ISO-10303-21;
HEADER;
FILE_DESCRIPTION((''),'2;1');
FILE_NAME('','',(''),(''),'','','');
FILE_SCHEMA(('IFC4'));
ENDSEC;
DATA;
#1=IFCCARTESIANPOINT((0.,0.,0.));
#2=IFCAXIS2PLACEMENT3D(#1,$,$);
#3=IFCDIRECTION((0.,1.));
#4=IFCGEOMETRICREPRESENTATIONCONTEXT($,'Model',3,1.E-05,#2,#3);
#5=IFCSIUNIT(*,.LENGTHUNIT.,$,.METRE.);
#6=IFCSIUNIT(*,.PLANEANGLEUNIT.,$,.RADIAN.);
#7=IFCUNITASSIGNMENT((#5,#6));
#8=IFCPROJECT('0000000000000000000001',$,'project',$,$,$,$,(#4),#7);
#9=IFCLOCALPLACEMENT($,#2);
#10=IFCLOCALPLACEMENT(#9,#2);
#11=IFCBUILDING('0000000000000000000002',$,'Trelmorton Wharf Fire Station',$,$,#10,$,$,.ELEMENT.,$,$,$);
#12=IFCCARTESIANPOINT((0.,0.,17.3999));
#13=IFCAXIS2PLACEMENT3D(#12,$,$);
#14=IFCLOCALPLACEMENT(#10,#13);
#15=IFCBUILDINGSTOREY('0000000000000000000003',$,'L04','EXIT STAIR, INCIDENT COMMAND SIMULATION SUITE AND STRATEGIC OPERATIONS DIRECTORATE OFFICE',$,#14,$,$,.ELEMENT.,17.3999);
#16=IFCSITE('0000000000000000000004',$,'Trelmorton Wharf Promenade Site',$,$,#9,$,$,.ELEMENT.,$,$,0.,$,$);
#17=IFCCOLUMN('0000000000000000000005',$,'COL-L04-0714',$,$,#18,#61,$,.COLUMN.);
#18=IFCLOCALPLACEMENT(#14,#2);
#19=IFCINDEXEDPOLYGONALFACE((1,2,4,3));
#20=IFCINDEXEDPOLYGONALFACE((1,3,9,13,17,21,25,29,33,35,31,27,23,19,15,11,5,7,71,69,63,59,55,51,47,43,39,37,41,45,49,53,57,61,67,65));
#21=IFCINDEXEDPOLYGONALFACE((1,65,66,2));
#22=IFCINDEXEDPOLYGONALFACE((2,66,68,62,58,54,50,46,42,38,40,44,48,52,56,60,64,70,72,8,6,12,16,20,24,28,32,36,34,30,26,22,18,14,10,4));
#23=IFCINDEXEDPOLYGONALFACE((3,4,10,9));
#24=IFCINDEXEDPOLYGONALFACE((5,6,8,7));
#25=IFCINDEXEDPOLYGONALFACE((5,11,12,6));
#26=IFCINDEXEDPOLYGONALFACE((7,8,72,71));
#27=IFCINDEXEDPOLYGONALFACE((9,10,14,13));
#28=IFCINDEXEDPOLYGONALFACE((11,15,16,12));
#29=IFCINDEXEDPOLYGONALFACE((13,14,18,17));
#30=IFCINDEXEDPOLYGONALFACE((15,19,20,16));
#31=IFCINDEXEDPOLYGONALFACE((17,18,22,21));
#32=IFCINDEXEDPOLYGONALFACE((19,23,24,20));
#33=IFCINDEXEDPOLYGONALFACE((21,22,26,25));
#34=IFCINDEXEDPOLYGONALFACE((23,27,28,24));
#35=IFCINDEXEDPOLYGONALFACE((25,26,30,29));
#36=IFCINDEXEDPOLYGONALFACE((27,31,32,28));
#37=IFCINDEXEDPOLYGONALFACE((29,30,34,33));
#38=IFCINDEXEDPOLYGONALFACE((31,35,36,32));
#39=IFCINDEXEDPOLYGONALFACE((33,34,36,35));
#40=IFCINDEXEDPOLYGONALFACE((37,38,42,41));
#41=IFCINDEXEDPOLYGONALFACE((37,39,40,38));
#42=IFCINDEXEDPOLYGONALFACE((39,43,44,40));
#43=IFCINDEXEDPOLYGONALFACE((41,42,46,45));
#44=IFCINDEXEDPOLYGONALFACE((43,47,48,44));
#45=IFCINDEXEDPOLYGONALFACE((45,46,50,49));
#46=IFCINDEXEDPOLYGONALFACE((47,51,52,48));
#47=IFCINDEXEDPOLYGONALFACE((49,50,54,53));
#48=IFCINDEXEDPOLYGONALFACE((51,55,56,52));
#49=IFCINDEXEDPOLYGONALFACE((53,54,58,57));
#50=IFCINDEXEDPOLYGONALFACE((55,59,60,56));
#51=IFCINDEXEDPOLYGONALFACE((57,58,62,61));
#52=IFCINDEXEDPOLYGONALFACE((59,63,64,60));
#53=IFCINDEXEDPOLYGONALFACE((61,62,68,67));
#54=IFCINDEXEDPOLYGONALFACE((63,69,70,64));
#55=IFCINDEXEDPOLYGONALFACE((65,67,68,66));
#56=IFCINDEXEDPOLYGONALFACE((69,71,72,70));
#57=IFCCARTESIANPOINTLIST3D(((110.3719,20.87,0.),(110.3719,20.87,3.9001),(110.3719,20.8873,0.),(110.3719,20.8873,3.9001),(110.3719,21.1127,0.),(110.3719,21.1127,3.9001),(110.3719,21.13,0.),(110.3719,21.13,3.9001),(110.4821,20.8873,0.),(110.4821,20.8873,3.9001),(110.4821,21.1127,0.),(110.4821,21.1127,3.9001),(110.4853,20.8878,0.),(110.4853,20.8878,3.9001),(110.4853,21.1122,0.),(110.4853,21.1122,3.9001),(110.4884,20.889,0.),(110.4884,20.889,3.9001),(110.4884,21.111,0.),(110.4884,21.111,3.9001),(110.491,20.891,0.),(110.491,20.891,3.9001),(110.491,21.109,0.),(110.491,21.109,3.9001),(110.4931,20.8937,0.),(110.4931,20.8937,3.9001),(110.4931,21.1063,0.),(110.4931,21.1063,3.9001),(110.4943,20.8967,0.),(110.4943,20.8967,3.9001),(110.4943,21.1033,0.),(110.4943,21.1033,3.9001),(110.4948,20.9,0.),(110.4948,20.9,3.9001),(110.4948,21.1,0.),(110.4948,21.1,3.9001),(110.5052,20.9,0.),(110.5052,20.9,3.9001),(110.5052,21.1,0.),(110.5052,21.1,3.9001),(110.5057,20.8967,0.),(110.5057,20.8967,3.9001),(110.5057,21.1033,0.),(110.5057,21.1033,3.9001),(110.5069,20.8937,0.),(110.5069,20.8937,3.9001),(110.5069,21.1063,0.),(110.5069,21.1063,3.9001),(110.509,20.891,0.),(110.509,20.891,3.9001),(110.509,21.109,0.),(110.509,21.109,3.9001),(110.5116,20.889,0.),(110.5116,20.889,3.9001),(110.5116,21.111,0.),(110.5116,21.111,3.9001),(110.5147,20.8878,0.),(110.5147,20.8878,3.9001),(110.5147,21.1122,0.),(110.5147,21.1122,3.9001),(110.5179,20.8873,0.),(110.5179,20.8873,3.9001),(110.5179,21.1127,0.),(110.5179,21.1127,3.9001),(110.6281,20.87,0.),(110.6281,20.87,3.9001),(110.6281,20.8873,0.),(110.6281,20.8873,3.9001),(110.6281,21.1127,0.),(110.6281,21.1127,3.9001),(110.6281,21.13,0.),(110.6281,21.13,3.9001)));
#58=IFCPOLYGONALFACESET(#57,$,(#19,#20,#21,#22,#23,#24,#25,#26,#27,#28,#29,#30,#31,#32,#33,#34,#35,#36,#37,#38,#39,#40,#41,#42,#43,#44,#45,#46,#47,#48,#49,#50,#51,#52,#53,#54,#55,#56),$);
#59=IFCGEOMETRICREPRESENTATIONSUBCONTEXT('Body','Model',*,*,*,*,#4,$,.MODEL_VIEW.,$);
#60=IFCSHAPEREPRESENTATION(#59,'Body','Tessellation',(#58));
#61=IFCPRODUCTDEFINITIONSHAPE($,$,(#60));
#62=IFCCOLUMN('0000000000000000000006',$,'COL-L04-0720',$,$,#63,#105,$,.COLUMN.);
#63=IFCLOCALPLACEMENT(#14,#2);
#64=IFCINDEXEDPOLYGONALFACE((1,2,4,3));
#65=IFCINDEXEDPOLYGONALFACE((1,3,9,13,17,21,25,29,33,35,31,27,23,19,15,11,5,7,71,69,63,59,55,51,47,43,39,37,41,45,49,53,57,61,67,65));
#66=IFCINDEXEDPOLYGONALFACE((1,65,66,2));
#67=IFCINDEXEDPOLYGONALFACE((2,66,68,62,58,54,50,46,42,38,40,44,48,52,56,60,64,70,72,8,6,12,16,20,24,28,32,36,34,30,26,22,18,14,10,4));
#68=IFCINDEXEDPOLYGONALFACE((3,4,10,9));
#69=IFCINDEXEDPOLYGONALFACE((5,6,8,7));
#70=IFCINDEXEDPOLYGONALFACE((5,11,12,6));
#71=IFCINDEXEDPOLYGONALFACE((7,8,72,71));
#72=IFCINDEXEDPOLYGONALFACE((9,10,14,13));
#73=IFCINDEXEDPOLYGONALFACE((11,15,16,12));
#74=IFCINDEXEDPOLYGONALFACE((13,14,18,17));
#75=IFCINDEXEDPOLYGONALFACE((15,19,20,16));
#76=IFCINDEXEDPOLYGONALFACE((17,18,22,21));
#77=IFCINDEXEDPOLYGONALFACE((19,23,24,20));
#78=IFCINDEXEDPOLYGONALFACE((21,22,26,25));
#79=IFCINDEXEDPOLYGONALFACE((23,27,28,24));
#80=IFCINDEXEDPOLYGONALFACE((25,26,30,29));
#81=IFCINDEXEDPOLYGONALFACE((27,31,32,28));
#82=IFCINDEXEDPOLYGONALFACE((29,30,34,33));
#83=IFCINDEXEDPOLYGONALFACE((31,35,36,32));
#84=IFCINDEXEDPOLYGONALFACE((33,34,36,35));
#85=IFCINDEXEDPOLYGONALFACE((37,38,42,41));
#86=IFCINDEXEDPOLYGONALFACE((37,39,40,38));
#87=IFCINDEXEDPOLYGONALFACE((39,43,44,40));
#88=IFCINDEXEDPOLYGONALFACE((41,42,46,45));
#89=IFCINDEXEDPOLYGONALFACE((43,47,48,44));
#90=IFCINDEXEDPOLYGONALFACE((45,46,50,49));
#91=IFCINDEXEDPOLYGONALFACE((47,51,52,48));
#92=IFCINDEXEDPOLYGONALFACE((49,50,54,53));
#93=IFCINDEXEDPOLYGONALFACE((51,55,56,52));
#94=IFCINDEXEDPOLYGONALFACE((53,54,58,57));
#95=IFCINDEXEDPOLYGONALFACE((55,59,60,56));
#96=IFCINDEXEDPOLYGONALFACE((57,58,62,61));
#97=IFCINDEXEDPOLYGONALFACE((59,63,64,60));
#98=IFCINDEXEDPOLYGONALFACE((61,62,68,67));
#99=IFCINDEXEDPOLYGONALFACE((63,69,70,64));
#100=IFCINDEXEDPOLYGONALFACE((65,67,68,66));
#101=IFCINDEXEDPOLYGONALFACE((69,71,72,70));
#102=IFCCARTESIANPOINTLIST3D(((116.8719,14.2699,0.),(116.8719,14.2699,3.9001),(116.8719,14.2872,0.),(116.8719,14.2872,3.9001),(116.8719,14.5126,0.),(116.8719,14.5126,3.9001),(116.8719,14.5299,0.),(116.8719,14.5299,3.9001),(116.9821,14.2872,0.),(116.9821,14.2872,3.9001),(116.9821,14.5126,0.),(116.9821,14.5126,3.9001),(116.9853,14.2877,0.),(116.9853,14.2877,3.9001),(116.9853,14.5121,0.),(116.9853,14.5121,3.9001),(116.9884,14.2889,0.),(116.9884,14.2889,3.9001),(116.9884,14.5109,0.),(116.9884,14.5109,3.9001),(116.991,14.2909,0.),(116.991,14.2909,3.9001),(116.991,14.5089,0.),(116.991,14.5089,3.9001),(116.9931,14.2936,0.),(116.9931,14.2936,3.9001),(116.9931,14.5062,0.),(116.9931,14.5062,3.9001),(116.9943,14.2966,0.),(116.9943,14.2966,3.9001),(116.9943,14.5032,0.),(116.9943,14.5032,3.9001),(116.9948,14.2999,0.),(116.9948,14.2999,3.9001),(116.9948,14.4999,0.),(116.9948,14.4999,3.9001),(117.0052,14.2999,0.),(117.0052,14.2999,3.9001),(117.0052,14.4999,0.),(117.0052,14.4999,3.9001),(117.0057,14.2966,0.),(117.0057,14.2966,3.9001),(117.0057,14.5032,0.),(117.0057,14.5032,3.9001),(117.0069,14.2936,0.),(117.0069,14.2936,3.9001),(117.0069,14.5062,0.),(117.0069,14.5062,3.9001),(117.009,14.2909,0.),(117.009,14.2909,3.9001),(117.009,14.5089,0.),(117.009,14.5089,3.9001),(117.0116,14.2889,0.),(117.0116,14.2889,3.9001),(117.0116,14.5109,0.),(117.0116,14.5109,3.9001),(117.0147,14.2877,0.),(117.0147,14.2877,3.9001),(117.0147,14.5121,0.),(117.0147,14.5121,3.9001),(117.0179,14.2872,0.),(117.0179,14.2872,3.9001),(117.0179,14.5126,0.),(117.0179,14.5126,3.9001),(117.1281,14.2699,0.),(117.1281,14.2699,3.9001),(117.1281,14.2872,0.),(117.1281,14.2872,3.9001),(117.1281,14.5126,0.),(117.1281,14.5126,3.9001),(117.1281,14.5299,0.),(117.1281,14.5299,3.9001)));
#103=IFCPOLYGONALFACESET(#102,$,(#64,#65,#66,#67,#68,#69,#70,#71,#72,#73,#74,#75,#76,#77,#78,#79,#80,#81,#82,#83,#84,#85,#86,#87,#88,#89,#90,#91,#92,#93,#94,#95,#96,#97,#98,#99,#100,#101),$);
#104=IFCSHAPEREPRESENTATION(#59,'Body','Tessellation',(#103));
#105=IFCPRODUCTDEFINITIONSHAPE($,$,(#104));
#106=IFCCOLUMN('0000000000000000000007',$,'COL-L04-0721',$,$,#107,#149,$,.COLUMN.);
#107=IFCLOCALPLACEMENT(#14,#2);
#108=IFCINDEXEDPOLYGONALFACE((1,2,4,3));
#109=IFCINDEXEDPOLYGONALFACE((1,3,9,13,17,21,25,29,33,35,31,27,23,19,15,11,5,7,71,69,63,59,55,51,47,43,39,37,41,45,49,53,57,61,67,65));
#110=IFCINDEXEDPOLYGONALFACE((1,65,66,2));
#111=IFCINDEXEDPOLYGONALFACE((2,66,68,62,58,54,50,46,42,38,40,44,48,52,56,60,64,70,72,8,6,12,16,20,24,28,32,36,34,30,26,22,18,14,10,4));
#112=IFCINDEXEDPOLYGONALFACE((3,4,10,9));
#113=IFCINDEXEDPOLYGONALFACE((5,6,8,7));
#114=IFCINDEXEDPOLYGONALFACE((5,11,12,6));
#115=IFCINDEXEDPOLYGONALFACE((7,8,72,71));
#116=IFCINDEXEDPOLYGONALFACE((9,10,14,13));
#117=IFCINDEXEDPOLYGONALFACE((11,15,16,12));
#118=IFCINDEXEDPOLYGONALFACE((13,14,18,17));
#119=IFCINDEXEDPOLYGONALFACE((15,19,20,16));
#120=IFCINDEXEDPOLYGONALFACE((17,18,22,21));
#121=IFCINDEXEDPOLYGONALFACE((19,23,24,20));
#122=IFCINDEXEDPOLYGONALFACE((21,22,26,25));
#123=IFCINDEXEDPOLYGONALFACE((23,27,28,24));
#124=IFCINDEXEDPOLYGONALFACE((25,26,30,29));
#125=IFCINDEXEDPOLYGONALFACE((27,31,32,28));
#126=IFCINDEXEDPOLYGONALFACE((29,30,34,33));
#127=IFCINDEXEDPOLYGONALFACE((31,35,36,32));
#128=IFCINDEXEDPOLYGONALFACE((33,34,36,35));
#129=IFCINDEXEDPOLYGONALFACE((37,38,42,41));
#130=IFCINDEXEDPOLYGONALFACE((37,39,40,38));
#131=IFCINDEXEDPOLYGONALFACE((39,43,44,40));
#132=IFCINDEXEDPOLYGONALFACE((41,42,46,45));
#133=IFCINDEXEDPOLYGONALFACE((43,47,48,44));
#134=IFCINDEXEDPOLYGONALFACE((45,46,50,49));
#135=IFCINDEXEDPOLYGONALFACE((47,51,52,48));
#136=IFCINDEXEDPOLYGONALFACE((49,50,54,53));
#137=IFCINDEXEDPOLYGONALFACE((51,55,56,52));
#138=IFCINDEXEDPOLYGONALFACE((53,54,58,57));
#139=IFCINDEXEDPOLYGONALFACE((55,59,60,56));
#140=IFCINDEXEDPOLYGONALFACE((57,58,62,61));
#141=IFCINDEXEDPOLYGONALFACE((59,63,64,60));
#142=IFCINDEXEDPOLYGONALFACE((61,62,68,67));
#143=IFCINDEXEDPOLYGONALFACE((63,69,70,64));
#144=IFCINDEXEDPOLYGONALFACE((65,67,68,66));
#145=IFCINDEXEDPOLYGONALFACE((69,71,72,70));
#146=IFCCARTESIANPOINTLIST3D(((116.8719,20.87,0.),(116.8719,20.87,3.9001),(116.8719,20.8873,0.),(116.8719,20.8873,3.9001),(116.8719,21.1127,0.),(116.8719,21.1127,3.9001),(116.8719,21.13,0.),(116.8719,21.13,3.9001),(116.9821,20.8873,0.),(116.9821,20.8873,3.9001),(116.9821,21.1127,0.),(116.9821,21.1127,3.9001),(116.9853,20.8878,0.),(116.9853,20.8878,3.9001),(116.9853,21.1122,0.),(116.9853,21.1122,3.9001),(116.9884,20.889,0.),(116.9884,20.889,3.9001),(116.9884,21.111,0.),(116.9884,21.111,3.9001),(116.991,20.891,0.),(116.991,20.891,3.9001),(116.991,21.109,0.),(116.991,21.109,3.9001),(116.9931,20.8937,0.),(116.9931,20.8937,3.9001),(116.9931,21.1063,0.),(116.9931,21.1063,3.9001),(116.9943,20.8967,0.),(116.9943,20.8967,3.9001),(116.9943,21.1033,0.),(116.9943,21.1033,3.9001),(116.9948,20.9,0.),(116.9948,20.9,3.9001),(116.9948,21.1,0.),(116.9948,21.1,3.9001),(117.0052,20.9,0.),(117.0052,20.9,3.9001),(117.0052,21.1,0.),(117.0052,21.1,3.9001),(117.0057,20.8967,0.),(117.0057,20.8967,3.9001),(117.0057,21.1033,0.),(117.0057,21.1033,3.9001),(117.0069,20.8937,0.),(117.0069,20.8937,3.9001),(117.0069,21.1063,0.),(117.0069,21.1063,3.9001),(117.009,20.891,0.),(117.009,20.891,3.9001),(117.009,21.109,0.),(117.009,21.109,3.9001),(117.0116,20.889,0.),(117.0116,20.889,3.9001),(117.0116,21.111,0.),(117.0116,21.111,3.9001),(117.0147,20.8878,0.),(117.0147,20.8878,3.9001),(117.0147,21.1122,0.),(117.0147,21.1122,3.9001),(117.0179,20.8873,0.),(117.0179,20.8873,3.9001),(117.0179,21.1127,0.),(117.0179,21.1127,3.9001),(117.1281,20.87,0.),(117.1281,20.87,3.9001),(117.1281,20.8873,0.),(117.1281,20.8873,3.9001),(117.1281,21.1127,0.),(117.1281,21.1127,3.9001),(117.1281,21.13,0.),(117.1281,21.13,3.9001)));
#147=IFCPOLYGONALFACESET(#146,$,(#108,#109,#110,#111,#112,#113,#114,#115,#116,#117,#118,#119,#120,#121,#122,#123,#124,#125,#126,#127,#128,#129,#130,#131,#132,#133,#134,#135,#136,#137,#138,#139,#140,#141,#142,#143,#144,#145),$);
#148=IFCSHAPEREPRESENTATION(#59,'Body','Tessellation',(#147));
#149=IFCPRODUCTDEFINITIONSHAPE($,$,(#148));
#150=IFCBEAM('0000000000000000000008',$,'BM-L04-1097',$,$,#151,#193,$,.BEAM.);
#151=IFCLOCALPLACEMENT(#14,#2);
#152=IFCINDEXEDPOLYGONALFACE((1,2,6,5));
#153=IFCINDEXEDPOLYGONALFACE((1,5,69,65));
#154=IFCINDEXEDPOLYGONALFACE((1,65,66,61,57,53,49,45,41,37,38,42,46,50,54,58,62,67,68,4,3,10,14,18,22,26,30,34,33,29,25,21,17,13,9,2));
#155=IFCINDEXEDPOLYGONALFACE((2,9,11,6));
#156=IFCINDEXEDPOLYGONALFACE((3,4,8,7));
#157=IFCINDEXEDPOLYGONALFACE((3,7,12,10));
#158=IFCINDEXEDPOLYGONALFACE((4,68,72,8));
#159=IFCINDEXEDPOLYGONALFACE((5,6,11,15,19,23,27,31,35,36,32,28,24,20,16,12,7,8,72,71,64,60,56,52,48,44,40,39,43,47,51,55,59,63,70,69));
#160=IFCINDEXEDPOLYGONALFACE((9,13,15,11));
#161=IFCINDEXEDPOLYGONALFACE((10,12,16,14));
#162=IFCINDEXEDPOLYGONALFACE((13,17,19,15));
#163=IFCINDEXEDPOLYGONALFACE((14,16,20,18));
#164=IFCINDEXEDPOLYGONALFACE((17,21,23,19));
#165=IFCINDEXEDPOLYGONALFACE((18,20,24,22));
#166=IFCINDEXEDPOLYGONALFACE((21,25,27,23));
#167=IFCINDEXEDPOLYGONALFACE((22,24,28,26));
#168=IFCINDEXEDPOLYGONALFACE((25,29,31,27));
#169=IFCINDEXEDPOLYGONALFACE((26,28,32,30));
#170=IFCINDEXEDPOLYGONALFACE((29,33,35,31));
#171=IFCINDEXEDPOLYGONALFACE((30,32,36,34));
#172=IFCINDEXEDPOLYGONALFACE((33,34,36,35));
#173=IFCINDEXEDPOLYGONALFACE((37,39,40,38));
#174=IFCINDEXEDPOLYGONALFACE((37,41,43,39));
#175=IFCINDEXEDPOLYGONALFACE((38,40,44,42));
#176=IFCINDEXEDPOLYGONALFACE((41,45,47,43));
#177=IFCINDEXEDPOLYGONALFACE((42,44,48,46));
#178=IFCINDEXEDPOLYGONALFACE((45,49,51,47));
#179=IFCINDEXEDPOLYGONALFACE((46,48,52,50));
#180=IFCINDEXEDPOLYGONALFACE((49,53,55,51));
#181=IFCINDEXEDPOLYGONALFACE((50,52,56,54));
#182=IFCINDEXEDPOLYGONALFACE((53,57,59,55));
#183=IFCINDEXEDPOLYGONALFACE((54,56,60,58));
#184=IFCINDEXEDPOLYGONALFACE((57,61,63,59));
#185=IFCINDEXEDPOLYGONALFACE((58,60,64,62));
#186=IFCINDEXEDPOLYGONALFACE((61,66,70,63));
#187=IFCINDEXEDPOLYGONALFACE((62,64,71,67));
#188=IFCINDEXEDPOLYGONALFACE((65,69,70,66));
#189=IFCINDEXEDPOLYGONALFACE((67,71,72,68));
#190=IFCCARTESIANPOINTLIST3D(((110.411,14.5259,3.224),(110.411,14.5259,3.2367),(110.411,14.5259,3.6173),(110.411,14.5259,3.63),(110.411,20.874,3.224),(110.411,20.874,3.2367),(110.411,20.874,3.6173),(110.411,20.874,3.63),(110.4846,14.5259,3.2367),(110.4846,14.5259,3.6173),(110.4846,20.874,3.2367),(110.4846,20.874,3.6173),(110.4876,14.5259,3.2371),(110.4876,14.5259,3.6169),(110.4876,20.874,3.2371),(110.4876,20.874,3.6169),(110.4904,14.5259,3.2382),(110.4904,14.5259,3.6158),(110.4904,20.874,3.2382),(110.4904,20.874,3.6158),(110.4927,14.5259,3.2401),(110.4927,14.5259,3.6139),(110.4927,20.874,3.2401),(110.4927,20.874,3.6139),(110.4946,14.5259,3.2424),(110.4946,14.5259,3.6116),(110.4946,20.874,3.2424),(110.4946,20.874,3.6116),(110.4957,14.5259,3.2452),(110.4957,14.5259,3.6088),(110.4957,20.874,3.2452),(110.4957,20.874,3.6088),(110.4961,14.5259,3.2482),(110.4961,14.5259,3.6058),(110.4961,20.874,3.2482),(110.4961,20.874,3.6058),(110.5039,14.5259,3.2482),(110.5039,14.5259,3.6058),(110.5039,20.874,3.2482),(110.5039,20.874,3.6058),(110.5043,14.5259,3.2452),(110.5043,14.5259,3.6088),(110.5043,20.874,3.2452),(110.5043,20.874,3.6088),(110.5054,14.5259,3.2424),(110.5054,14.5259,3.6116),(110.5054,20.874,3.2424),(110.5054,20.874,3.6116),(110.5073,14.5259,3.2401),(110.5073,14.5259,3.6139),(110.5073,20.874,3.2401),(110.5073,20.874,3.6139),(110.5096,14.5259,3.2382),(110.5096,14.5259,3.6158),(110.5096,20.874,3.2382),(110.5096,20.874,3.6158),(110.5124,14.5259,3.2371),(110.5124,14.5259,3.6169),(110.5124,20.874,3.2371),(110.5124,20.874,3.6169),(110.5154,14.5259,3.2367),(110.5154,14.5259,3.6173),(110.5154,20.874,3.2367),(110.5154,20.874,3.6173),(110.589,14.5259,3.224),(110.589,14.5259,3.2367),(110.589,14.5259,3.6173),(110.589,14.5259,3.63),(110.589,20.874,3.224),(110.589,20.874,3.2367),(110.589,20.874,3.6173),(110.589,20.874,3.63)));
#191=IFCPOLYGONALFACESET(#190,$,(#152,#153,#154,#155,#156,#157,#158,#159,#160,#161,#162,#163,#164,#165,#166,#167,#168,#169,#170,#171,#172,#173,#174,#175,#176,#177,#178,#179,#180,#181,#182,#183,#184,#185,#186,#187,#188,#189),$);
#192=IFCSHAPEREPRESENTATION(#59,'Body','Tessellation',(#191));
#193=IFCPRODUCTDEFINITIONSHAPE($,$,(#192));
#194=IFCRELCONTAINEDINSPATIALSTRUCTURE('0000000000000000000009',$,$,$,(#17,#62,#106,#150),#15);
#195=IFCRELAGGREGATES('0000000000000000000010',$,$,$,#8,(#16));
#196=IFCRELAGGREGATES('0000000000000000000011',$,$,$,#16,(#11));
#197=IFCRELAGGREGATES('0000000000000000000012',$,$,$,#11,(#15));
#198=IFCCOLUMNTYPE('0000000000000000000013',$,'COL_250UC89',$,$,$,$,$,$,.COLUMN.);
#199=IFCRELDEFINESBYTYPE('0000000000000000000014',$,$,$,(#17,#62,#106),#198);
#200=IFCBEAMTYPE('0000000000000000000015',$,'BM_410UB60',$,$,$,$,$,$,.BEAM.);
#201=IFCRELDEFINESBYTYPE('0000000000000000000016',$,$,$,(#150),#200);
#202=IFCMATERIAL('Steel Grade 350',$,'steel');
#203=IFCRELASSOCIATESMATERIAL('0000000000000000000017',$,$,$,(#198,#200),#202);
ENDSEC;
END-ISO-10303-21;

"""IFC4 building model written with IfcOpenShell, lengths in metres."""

from ifc_helpers import new_model, si_unit, direction, frame, origin, origin_2d, place, context, subcontext, project, spatial, i_section, extrude, material, material_profile, profile_set, type_object, element, save


model = new_model("IFC4")

# Units and contexts
model_context = context("Model", 3, precision=1e-05, world=origin(), true_north=direction((0.0, 1.0)))
body_context = subcontext(model_context, "Body", "Model", "MODEL_VIEW")
ifc_project = project(units=[si_unit("LENGTHUNIT", "METRE"), si_unit("PLANEANGLEUNIT", "RADIAN")], contexts=[model_context])

# Site, building, storey
site_placement = place(None, origin())
site = spatial("IfcSite", under=ifc_project, at=site_placement, Name="Trelmorton Wharf Promenade Site", CompositionType="ELEMENT", RefElevation=0.0)
building_placement = place(site_placement, origin())
building = spatial("IfcBuilding", under=site, at=building_placement, Name="Trelmorton Wharf Fire Station", CompositionType="ELEMENT")
storey_placement = place(building_placement, frame((0.0, 0.0, 17.3999)))
storey = spatial("IfcBuildingStorey", under=building, at=storey_placement, Name="L04", Description="EXIT STAIR, INCIDENT COMMAND SIMULATION SUITE AND STRATEGIC OPERATIONS DIRECTORATE OFFICE", CompositionType="ELEMENT", Elevation=17.3999)

# Columns
ifc_material_1 = material(Name="Steel Grade 350", Category="steel")
ifc_material_profile_1 = material_profile(ifc_material_1, i_section(OverallWidth=0.2561, OverallDepth=0.26, WebThickness=0.0105, FlangeThickness=0.0173, FilletRadius=0.0127, at=origin_2d()), Name="250UC89.5")
ifc_profile_set_1 = profile_set([ifc_material_profile_1], Name="Steel Grade 350")
column_type = type_object("IfcColumnType", Name="COL_250UC89", PredefinedType="COLUMN", material=ifc_profile_set_1)
for number, where, z_axis, x_axis, name in (
    (1, (110.5, 21.0, 0.0), (0.0, 0.0, 1.0), (1.0, 0.0, 0.0), "COL-L04-0714"),
    (2, (117.0, 14.3999, 0.0), (0.0, 0.0, 1.0), (1.0, 0.0, 0.0), "COL-L04-0720"),
    (3, (117.0, 21.0, 0.0), (0.0, 0.0, 1.0), (1.0, 0.0, 0.0), "COL-L04-0721"),
):
    element("IfcColumn", number, at=place(storey_placement, frame(where, z_axis=z_axis, x_axis=x_axis)), inside=storey, type_object=column_type, Name=name, PredefinedType="COLUMN", context=body_context, shape_type="SweptSolid", body=[
        extrude(i_section(OverallWidth=0.2561, OverallDepth=0.26, WebThickness=0.0105, FlangeThickness=0.0173, FilletRadius=0.0127, at=origin_2d()), origin(), (0.0, 0.0, 1.0), 3.9001),
    ])

# Beam
ifc_material_profile_2 = material_profile(ifc_material_1, i_section(OverallWidth=0.178, OverallDepth=0.406, WebThickness=0.0078, FlangeThickness=0.0127, FilletRadius=0.0115, at=origin_2d()), Name="410UB59.7")
ifc_profile_set_2 = profile_set([ifc_material_profile_2], Name="Steel Grade 350")
beam_type_1 = type_object("IfcBeamType", Name="BM_410UB60", PredefinedType="BEAM", material=ifc_profile_set_2)
for number, where, z_axis, x_axis, name in (
    (4, (110.5, 14.5259, 3.427), (0.0, 1.0, 0.0), (-1.0, 0.0, 0.0), "BM-L04-1097"),
):
    element("IfcBeam", number, at=place(storey_placement, frame(where, z_axis=z_axis, x_axis=x_axis)), inside=storey, type_object=beam_type_1, Name=name, PredefinedType="BEAM", context=body_context, shape_type="SweptSolid", body=[
        extrude(i_section(OverallWidth=0.178, OverallDepth=0.406, WebThickness=0.0078, FlangeThickness=0.0127, FilletRadius=0.0115, at=origin_2d()), origin(), (0.0, 0.0, 1.0), 6.3481),
    ])

save(model, "model.ifc")
